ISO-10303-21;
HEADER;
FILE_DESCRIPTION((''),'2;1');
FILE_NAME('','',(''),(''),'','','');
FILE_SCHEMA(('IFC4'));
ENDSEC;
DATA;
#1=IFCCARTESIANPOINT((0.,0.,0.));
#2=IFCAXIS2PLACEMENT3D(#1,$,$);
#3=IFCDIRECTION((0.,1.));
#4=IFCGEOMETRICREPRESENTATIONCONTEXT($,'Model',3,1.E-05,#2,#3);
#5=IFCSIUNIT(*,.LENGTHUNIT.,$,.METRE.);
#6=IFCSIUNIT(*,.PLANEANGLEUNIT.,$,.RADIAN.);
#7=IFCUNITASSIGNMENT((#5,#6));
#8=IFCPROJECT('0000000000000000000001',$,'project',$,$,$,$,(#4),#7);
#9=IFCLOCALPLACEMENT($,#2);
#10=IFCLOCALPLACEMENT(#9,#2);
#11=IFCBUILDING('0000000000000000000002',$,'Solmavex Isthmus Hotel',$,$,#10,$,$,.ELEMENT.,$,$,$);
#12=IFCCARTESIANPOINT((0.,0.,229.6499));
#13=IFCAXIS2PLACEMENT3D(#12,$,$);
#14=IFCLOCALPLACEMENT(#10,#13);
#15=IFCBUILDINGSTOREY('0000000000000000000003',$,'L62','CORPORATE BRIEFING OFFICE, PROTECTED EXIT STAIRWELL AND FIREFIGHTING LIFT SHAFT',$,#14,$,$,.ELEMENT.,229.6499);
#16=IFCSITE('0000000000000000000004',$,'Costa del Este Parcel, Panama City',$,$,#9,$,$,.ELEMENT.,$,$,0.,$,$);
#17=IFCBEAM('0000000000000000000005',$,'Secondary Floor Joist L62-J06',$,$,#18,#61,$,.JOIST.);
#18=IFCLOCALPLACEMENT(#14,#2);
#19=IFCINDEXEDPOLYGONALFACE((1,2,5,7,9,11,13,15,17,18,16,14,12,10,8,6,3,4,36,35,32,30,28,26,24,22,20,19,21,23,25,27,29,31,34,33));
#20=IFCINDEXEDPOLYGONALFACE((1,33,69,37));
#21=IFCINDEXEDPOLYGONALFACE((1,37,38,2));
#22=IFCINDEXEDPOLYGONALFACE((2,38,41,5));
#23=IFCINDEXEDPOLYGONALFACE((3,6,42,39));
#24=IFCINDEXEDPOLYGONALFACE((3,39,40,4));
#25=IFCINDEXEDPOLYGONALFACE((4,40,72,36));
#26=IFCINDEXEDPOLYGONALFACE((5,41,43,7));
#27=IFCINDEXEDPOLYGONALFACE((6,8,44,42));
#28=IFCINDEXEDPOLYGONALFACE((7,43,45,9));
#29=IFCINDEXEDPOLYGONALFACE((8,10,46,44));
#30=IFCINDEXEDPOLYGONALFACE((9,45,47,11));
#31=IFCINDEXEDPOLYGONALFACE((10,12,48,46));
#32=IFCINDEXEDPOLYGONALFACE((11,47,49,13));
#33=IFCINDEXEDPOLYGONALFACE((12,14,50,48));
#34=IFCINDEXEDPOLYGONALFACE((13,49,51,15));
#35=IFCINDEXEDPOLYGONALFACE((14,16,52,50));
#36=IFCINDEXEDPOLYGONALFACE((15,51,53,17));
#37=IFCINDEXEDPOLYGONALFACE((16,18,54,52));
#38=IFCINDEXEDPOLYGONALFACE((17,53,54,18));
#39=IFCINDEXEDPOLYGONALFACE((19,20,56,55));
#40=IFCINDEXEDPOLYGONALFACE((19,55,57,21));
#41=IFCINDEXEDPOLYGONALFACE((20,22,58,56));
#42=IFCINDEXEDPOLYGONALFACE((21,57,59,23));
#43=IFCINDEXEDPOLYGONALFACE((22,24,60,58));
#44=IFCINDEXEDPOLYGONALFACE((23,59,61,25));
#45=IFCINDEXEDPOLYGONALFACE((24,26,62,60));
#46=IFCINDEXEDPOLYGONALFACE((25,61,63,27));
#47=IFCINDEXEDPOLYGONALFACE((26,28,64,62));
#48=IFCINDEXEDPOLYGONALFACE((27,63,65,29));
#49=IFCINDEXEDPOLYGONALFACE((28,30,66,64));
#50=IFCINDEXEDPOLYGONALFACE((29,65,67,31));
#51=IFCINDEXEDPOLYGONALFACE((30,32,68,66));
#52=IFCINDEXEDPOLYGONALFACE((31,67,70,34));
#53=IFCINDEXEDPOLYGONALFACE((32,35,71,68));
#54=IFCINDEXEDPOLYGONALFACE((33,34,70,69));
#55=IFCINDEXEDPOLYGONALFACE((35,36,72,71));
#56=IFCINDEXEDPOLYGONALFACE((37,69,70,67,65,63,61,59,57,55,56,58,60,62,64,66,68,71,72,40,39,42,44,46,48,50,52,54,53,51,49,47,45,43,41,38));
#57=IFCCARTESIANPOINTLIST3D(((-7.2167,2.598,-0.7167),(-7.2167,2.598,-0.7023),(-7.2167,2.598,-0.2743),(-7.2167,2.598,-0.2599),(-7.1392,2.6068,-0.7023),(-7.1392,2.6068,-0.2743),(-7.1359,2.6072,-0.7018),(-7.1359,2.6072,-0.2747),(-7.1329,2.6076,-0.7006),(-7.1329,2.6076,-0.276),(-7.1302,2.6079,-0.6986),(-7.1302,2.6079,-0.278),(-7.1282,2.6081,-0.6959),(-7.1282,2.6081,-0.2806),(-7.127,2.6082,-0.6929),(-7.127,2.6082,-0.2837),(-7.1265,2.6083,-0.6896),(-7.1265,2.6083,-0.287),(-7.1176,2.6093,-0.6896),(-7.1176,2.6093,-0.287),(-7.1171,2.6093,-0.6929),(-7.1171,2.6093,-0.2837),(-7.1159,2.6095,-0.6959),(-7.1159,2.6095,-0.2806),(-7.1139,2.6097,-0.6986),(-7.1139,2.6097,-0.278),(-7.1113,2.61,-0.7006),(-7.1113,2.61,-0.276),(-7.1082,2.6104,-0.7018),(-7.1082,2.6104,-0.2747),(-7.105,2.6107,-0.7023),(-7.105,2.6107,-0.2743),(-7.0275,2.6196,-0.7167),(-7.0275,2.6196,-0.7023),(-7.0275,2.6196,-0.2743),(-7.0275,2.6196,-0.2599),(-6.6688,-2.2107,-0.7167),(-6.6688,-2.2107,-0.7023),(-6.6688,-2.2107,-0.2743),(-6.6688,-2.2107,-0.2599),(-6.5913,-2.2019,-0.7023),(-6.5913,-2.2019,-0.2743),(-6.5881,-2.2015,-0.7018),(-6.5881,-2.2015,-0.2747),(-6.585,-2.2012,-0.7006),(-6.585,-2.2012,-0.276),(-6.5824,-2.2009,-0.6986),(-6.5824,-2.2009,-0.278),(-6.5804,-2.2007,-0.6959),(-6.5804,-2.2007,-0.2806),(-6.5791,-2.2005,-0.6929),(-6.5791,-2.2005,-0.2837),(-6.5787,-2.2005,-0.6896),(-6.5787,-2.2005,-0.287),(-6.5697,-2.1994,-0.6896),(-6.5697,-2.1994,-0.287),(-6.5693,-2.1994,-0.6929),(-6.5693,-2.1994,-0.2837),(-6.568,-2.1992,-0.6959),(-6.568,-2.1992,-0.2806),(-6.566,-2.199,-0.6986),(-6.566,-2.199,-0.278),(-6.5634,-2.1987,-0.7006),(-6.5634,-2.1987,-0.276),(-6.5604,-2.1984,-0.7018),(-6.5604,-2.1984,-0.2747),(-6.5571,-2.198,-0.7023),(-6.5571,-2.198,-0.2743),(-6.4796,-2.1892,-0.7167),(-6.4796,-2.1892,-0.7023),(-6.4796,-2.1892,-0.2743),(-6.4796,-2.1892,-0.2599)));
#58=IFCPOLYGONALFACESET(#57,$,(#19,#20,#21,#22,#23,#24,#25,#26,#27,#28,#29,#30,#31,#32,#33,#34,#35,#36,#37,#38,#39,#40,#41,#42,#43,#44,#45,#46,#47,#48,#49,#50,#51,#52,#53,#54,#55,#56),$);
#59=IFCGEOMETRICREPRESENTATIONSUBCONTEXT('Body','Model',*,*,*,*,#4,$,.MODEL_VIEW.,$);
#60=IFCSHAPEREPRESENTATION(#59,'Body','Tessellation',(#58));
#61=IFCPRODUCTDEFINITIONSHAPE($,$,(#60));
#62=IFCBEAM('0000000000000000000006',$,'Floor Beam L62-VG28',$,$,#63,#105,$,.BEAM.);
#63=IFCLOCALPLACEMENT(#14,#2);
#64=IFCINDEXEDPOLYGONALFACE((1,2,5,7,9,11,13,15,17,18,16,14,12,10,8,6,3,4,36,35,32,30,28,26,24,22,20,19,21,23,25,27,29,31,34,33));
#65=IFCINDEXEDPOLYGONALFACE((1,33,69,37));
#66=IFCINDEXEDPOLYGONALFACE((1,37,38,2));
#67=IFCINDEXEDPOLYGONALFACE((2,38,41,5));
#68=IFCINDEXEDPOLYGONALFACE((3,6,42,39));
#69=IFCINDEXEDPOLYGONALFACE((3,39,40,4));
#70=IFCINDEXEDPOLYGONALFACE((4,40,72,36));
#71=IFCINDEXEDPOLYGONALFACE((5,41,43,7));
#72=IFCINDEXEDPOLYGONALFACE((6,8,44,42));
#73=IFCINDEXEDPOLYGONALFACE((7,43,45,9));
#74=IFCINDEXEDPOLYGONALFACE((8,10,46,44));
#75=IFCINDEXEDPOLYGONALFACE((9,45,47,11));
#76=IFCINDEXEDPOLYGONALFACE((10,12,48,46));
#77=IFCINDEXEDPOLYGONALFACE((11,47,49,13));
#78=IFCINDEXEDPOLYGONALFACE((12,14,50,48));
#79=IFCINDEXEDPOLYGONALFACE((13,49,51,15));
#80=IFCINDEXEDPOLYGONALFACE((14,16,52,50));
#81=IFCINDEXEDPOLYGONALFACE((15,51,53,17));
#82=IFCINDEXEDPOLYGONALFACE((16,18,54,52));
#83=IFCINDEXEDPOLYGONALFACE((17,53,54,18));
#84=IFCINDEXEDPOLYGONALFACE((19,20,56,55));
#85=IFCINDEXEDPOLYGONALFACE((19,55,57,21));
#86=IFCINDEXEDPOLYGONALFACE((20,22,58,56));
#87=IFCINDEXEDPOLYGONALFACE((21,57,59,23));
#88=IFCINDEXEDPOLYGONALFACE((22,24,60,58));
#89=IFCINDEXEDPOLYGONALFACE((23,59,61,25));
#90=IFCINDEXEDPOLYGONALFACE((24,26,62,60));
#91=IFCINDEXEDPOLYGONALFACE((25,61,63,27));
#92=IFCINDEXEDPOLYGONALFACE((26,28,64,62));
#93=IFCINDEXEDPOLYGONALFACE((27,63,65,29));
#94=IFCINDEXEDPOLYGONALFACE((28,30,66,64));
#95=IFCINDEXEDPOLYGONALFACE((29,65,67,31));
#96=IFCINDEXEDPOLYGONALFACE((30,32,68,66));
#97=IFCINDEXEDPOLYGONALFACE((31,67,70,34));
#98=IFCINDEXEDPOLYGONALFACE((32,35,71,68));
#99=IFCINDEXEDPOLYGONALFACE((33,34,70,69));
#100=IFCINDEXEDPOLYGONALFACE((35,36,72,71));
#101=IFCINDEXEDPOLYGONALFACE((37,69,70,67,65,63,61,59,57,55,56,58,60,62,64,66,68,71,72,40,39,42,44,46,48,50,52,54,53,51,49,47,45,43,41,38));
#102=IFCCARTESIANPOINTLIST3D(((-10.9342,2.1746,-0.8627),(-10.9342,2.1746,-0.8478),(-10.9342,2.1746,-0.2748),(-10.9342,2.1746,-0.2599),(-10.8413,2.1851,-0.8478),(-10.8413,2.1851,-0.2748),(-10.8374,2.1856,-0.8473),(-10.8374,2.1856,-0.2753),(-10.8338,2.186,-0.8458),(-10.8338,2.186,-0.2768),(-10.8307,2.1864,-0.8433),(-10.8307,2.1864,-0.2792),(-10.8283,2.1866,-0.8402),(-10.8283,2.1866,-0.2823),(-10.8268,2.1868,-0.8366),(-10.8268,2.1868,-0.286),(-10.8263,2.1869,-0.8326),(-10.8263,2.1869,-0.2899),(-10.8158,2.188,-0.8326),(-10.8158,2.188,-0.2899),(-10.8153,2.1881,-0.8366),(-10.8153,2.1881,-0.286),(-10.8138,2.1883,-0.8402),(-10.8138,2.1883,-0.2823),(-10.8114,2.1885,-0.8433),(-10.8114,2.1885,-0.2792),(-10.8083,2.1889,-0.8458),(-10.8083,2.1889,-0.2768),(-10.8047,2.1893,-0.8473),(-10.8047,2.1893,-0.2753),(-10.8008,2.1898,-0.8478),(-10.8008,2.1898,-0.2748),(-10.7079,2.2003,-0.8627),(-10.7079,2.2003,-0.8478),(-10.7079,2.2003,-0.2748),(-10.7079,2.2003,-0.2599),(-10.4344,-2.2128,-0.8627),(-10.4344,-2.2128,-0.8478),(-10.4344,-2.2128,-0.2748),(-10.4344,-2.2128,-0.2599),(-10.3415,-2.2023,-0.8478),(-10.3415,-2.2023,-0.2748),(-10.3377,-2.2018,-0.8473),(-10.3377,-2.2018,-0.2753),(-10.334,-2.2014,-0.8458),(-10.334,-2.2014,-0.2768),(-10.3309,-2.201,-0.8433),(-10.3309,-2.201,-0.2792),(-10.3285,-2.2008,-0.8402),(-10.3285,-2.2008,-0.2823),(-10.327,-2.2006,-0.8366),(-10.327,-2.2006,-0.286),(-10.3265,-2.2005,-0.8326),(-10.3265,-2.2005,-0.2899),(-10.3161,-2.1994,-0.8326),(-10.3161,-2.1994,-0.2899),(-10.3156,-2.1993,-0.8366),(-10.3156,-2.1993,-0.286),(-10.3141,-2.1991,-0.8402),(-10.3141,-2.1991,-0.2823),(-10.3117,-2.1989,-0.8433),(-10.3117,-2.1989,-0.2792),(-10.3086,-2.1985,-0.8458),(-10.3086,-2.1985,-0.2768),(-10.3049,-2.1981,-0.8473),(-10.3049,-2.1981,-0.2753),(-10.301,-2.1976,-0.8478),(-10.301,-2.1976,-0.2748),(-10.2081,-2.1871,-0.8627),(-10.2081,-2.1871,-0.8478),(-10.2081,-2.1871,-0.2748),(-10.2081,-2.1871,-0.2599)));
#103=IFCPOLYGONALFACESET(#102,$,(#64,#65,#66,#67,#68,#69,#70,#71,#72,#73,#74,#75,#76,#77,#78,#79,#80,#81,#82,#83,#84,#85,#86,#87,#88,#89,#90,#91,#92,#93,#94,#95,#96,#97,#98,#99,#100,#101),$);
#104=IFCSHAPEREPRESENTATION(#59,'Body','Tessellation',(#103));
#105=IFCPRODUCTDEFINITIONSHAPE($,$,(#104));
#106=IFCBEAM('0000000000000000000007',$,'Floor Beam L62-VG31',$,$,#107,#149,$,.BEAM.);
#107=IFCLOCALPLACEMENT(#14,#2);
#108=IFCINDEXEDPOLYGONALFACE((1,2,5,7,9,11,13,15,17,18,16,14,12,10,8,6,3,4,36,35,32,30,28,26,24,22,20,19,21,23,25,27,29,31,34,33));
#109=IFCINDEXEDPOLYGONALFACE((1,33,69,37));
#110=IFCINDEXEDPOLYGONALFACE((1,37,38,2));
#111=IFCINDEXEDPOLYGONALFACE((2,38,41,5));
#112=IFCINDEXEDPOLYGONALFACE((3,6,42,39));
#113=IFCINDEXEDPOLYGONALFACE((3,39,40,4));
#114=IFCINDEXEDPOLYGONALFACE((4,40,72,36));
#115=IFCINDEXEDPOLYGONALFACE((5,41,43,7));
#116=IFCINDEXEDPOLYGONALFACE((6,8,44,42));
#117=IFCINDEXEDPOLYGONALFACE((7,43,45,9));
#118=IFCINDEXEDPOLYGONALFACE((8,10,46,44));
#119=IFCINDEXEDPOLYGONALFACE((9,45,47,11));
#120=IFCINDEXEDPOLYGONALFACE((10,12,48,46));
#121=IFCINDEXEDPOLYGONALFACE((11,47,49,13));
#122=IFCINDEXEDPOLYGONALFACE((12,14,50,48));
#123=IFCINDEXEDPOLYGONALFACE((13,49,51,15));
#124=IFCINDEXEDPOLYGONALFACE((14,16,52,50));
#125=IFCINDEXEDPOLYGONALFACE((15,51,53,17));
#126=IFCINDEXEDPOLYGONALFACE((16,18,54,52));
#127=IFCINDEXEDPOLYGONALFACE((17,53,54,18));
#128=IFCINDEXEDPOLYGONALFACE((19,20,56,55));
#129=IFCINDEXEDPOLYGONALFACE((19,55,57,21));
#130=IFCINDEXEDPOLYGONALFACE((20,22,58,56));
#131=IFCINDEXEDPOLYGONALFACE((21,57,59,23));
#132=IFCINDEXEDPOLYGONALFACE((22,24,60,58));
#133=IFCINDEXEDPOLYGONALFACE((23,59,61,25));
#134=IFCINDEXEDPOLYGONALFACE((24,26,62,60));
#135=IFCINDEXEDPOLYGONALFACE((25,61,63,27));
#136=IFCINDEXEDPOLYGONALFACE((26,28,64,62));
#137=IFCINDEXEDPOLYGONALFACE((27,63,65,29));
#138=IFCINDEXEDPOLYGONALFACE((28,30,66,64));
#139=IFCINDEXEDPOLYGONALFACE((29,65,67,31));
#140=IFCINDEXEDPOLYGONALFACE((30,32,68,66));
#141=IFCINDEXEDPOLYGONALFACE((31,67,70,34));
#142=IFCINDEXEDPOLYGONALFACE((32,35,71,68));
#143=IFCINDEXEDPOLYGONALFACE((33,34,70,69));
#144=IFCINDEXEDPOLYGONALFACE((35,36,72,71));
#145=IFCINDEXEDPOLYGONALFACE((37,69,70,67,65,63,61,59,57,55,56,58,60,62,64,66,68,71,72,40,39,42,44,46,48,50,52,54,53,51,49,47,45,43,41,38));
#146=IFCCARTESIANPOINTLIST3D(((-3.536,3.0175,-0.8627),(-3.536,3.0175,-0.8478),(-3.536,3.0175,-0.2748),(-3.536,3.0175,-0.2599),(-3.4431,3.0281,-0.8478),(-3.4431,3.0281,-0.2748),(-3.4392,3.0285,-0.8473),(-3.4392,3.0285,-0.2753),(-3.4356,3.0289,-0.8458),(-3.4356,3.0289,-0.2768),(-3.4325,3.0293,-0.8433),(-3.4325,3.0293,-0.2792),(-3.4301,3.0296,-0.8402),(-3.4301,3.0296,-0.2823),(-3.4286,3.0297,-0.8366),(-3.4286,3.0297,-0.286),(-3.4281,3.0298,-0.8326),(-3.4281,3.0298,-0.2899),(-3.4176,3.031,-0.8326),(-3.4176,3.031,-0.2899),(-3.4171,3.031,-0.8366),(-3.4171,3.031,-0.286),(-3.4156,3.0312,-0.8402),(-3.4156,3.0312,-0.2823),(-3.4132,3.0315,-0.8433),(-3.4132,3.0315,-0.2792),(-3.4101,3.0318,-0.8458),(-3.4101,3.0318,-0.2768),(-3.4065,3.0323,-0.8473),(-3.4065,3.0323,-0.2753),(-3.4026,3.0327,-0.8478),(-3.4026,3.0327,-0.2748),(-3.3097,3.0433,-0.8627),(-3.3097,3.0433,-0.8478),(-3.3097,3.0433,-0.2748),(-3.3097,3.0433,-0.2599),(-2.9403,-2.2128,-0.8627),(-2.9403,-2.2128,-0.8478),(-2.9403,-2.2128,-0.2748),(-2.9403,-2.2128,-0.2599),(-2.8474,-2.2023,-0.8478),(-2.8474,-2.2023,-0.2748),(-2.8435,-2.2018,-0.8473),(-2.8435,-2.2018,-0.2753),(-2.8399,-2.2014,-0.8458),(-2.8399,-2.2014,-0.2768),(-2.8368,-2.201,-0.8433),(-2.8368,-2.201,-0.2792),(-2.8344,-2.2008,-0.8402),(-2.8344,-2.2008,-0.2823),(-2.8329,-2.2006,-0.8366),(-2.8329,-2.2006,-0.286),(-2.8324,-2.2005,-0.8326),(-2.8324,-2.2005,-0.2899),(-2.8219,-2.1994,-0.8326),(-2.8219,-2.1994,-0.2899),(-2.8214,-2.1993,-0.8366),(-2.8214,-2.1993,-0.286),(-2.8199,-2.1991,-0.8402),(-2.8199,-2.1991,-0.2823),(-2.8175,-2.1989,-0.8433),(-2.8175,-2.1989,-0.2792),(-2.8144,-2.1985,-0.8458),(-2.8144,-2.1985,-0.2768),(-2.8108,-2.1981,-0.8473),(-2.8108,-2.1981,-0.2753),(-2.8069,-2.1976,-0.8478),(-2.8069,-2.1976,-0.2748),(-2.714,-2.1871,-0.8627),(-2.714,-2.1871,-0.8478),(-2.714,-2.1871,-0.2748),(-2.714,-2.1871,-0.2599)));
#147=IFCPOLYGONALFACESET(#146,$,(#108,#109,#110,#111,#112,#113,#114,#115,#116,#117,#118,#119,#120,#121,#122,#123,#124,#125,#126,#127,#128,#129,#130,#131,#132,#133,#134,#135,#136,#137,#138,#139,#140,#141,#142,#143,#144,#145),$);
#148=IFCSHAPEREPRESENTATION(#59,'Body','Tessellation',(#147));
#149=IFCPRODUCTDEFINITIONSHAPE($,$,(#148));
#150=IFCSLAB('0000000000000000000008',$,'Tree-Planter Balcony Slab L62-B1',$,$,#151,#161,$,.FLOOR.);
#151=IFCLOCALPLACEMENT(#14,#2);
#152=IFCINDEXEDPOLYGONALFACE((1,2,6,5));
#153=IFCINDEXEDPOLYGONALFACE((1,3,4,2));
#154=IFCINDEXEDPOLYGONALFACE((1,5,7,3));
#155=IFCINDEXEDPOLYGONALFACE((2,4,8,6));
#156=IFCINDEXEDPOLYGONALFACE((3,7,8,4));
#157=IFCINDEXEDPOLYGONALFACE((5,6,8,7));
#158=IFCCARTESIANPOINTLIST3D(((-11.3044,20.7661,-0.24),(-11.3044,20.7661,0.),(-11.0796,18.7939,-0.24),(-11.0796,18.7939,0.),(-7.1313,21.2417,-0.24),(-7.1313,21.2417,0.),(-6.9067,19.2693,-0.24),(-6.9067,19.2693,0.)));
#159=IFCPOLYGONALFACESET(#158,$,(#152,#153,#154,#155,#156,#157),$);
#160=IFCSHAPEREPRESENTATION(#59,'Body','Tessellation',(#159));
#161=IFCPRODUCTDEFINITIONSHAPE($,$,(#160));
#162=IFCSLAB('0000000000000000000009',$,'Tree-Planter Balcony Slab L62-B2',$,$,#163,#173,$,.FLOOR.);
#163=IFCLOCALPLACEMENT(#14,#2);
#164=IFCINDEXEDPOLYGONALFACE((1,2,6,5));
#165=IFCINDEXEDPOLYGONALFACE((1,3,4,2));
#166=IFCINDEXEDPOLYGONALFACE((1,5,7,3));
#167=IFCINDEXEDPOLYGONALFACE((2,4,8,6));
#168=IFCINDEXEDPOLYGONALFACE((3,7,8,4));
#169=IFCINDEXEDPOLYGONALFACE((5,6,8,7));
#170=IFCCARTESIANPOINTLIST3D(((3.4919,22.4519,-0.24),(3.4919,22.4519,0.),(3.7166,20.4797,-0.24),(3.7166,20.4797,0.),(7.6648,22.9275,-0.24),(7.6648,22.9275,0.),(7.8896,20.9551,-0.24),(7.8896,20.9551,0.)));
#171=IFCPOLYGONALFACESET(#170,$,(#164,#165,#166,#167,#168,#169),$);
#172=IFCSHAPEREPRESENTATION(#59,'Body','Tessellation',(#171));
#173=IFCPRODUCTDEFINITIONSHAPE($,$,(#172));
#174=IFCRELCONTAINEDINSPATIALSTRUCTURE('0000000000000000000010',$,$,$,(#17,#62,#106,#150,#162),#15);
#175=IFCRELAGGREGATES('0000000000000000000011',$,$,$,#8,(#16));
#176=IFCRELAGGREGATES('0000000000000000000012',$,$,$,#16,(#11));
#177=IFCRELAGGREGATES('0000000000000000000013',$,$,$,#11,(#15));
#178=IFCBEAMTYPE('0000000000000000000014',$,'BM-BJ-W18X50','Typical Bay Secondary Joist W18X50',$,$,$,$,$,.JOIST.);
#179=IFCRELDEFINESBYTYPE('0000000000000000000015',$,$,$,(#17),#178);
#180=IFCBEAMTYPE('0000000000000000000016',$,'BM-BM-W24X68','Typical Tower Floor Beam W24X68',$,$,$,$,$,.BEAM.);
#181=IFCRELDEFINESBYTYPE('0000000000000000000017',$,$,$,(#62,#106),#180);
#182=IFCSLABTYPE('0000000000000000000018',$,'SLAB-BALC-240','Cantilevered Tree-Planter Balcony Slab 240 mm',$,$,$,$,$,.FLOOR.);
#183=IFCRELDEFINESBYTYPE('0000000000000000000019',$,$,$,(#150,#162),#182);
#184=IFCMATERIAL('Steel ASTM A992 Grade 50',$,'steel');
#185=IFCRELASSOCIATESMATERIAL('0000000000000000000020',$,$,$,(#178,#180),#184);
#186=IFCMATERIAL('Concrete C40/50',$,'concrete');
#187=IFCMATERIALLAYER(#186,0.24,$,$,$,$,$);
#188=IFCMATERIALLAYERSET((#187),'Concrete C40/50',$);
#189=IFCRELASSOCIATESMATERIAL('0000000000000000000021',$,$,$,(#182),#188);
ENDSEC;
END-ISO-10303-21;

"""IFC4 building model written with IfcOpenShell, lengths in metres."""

from ifc_helpers import new_model, si_unit, direction, frame, origin, origin_2d, place, context, subcontext, project, spatial, polyline, i_section, outline, extrude, material, layer, layer_set, material_profile, profile_set, type_object, element, save


model = new_model("IFC4")

# Units and contexts
model_context = context("Model", 3, precision=1e-05, world=origin(), true_north=direction((0.0, 1.0)))
body_context = subcontext(model_context, "Body", "Model", "MODEL_VIEW")
ifc_project = project(units=[si_unit("LENGTHUNIT", "METRE"), si_unit("PLANEANGLEUNIT", "RADIAN")], contexts=[model_context])

# Site, building, storey
site_placement = place(None, origin())
site = spatial("IfcSite", under=ifc_project, at=site_placement, Name="Costa del Este Parcel, Panama City", CompositionType="ELEMENT", RefElevation=0.0)
building_placement = place(site_placement, origin())
building = spatial("IfcBuilding", under=site, at=building_placement, Name="Solmavex Isthmus Hotel", CompositionType="ELEMENT")
storey_placement = place(building_placement, frame((0.0, 0.0, 229.6499)))
storey = spatial("IfcBuildingStorey", under=building, at=storey_placement, Name="L62", Description="CORPORATE BRIEFING OFFICE, PROTECTED EXIT STAIRWELL AND FIREFIGHTING LIFT SHAFT", CompositionType="ELEMENT", Elevation=229.6499)

# Beams
ifc_material_1 = material(Name="Steel ASTM A992 Grade 50", Category="steel")
ifc_material_profile_1 = material_profile(ifc_material_1, i_section(OverallWidth=0.1904, OverallDepth=0.4568, WebThickness=0.009, FlangeThickness=0.0144, FilletRadius=0.0127, at=origin_2d()), Name="W18X50")
ifc_profile_set_1 = profile_set([ifc_material_profile_1], Name="Steel ASTM A992 Grade 50")
beam_type_1 = type_object("IfcBeamType", Name="BM-BJ-W18X50", Description="Typical Bay Secondary Joist W18X50", PredefinedType="JOIST", material=ifc_profile_set_1)
beam_1_placement = place(storey_placement, frame((-6.5742, -2.2, -0.4883), z_axis=(-0.113194, 0.993573, 0.0), x_axis=(-0.993573, -0.113194, 0.0)))
element("IfcBeam", 1, at=beam_1_placement, inside=storey, type_object=beam_type_1, Name="Secondary Floor Joist L62-J06", PredefinedType="JOIST", context=body_context, shape_type="SweptSolid", body=[
    extrude(i_section(OverallWidth=0.1904, OverallDepth=0.4568, WebThickness=0.009, FlangeThickness=0.0144, FilletRadius=0.0127, at=origin_2d()), origin(), (0.0, 0.0, 1.0), 4.8398),
])
ifc_material_profile_2 = material_profile(ifc_material_1, i_section(OverallWidth=0.2278, OverallDepth=0.6028, WebThickness=0.0105, FlangeThickness=0.0149, FilletRadius=0.0151, at=origin_2d()), Name="W24X68")
ifc_profile_set_2 = profile_set([ifc_material_profile_2], Name="Steel ASTM A992 Grade 50")
beam_type_2 = type_object("IfcBeamType", Name="BM-BM-W24X68", Description="Typical Tower Floor Beam W24X68", PredefinedType="BEAM", material=ifc_profile_set_2)
beam_2_placement = place(storey_placement, frame((-10.3213, -2.2, -0.5613), z_axis=(-0.113174, 0.993575, 0.0), x_axis=(-0.993575, -0.113174, 0.0)))
element("IfcBeam", 2, at=beam_2_placement, inside=storey, type_object=beam_type_2, Name="Floor Beam L62-VG28", PredefinedType="BEAM", context=body_context, shape_type="SweptSolid", body=[
    extrude(i_section(OverallWidth=0.2278, OverallDepth=0.6028, WebThickness=0.0105, FlangeThickness=0.0149, FilletRadius=0.0151, at=origin_2d()), origin(), (0.0, 0.0, 1.0), 4.4158),
])
beam_3_placement = place(storey_placement, frame((-2.8271, -2.2, -0.5613), z_axis=(-0.113159, 0.993577, 0.0), x_axis=(-0.993577, -0.113159, 0.0)))
element("IfcBeam", 3, at=beam_3_placement, inside=storey, type_object=beam_type_2, Name="Floor Beam L62-VG31", PredefinedType="BEAM", context=body_context, shape_type="SweptSolid", body=[
    extrude(i_section(OverallWidth=0.2278, OverallDepth=0.6028, WebThickness=0.0105, FlangeThickness=0.0149, FilletRadius=0.0151, at=origin_2d()), origin(), (0.0, 0.0, 1.0), 5.2642),
])

# Slabs
ifc_material_2 = material(Name="Concrete C40/50", Category="concrete")
ifc_layer_1 = layer(ifc_material_2, 0.24)
ifc_layer_set_1 = layer_set([ifc_layer_1], Name="Concrete C40/50")
slab_type_1 = type_object("IfcSlabType", Name="SLAB-BALC-240", Description="Cantilevered Tree-Planter Balcony Slab 240 mm", PredefinedType="FLOOR", material=ifc_layer_set_1)
slab_1_placement = place(storey_placement, frame((0.0, 0.0, -0.24)))
element("IfcSlab", 4, at=slab_1_placement, inside=storey, type_object=slab_type_1, Name="Tree-Planter Balcony Slab L62-B1", PredefinedType="FLOOR", context=body_context, shape_type="SweptSolid", body=[
    extrude(outline(polyline([(-11.0796, 18.7939), (-6.9067, 19.2693), (-7.1313, 21.2417), (-11.3044, 20.7661), (-11.0796, 18.7939)])), origin(), (0.0, 0.0, 1.0), 0.24),
])
slab_2_placement = place(storey_placement, frame((0.0, 0.0, -0.24)))
element("IfcSlab", 5, at=slab_2_placement, inside=storey, type_object=slab_type_1, Name="Tree-Planter Balcony Slab L62-B2", PredefinedType="FLOOR", context=body_context, shape_type="SweptSolid", body=[
    extrude(outline(polyline([(3.7166, 20.4797), (7.8896, 20.9551), (7.6648, 22.9275), (3.4919, 22.4519), (3.7166, 20.4797)])), origin(), (0.0, 0.0, 1.0), 0.24),
])

save(model, "model.ifc")
